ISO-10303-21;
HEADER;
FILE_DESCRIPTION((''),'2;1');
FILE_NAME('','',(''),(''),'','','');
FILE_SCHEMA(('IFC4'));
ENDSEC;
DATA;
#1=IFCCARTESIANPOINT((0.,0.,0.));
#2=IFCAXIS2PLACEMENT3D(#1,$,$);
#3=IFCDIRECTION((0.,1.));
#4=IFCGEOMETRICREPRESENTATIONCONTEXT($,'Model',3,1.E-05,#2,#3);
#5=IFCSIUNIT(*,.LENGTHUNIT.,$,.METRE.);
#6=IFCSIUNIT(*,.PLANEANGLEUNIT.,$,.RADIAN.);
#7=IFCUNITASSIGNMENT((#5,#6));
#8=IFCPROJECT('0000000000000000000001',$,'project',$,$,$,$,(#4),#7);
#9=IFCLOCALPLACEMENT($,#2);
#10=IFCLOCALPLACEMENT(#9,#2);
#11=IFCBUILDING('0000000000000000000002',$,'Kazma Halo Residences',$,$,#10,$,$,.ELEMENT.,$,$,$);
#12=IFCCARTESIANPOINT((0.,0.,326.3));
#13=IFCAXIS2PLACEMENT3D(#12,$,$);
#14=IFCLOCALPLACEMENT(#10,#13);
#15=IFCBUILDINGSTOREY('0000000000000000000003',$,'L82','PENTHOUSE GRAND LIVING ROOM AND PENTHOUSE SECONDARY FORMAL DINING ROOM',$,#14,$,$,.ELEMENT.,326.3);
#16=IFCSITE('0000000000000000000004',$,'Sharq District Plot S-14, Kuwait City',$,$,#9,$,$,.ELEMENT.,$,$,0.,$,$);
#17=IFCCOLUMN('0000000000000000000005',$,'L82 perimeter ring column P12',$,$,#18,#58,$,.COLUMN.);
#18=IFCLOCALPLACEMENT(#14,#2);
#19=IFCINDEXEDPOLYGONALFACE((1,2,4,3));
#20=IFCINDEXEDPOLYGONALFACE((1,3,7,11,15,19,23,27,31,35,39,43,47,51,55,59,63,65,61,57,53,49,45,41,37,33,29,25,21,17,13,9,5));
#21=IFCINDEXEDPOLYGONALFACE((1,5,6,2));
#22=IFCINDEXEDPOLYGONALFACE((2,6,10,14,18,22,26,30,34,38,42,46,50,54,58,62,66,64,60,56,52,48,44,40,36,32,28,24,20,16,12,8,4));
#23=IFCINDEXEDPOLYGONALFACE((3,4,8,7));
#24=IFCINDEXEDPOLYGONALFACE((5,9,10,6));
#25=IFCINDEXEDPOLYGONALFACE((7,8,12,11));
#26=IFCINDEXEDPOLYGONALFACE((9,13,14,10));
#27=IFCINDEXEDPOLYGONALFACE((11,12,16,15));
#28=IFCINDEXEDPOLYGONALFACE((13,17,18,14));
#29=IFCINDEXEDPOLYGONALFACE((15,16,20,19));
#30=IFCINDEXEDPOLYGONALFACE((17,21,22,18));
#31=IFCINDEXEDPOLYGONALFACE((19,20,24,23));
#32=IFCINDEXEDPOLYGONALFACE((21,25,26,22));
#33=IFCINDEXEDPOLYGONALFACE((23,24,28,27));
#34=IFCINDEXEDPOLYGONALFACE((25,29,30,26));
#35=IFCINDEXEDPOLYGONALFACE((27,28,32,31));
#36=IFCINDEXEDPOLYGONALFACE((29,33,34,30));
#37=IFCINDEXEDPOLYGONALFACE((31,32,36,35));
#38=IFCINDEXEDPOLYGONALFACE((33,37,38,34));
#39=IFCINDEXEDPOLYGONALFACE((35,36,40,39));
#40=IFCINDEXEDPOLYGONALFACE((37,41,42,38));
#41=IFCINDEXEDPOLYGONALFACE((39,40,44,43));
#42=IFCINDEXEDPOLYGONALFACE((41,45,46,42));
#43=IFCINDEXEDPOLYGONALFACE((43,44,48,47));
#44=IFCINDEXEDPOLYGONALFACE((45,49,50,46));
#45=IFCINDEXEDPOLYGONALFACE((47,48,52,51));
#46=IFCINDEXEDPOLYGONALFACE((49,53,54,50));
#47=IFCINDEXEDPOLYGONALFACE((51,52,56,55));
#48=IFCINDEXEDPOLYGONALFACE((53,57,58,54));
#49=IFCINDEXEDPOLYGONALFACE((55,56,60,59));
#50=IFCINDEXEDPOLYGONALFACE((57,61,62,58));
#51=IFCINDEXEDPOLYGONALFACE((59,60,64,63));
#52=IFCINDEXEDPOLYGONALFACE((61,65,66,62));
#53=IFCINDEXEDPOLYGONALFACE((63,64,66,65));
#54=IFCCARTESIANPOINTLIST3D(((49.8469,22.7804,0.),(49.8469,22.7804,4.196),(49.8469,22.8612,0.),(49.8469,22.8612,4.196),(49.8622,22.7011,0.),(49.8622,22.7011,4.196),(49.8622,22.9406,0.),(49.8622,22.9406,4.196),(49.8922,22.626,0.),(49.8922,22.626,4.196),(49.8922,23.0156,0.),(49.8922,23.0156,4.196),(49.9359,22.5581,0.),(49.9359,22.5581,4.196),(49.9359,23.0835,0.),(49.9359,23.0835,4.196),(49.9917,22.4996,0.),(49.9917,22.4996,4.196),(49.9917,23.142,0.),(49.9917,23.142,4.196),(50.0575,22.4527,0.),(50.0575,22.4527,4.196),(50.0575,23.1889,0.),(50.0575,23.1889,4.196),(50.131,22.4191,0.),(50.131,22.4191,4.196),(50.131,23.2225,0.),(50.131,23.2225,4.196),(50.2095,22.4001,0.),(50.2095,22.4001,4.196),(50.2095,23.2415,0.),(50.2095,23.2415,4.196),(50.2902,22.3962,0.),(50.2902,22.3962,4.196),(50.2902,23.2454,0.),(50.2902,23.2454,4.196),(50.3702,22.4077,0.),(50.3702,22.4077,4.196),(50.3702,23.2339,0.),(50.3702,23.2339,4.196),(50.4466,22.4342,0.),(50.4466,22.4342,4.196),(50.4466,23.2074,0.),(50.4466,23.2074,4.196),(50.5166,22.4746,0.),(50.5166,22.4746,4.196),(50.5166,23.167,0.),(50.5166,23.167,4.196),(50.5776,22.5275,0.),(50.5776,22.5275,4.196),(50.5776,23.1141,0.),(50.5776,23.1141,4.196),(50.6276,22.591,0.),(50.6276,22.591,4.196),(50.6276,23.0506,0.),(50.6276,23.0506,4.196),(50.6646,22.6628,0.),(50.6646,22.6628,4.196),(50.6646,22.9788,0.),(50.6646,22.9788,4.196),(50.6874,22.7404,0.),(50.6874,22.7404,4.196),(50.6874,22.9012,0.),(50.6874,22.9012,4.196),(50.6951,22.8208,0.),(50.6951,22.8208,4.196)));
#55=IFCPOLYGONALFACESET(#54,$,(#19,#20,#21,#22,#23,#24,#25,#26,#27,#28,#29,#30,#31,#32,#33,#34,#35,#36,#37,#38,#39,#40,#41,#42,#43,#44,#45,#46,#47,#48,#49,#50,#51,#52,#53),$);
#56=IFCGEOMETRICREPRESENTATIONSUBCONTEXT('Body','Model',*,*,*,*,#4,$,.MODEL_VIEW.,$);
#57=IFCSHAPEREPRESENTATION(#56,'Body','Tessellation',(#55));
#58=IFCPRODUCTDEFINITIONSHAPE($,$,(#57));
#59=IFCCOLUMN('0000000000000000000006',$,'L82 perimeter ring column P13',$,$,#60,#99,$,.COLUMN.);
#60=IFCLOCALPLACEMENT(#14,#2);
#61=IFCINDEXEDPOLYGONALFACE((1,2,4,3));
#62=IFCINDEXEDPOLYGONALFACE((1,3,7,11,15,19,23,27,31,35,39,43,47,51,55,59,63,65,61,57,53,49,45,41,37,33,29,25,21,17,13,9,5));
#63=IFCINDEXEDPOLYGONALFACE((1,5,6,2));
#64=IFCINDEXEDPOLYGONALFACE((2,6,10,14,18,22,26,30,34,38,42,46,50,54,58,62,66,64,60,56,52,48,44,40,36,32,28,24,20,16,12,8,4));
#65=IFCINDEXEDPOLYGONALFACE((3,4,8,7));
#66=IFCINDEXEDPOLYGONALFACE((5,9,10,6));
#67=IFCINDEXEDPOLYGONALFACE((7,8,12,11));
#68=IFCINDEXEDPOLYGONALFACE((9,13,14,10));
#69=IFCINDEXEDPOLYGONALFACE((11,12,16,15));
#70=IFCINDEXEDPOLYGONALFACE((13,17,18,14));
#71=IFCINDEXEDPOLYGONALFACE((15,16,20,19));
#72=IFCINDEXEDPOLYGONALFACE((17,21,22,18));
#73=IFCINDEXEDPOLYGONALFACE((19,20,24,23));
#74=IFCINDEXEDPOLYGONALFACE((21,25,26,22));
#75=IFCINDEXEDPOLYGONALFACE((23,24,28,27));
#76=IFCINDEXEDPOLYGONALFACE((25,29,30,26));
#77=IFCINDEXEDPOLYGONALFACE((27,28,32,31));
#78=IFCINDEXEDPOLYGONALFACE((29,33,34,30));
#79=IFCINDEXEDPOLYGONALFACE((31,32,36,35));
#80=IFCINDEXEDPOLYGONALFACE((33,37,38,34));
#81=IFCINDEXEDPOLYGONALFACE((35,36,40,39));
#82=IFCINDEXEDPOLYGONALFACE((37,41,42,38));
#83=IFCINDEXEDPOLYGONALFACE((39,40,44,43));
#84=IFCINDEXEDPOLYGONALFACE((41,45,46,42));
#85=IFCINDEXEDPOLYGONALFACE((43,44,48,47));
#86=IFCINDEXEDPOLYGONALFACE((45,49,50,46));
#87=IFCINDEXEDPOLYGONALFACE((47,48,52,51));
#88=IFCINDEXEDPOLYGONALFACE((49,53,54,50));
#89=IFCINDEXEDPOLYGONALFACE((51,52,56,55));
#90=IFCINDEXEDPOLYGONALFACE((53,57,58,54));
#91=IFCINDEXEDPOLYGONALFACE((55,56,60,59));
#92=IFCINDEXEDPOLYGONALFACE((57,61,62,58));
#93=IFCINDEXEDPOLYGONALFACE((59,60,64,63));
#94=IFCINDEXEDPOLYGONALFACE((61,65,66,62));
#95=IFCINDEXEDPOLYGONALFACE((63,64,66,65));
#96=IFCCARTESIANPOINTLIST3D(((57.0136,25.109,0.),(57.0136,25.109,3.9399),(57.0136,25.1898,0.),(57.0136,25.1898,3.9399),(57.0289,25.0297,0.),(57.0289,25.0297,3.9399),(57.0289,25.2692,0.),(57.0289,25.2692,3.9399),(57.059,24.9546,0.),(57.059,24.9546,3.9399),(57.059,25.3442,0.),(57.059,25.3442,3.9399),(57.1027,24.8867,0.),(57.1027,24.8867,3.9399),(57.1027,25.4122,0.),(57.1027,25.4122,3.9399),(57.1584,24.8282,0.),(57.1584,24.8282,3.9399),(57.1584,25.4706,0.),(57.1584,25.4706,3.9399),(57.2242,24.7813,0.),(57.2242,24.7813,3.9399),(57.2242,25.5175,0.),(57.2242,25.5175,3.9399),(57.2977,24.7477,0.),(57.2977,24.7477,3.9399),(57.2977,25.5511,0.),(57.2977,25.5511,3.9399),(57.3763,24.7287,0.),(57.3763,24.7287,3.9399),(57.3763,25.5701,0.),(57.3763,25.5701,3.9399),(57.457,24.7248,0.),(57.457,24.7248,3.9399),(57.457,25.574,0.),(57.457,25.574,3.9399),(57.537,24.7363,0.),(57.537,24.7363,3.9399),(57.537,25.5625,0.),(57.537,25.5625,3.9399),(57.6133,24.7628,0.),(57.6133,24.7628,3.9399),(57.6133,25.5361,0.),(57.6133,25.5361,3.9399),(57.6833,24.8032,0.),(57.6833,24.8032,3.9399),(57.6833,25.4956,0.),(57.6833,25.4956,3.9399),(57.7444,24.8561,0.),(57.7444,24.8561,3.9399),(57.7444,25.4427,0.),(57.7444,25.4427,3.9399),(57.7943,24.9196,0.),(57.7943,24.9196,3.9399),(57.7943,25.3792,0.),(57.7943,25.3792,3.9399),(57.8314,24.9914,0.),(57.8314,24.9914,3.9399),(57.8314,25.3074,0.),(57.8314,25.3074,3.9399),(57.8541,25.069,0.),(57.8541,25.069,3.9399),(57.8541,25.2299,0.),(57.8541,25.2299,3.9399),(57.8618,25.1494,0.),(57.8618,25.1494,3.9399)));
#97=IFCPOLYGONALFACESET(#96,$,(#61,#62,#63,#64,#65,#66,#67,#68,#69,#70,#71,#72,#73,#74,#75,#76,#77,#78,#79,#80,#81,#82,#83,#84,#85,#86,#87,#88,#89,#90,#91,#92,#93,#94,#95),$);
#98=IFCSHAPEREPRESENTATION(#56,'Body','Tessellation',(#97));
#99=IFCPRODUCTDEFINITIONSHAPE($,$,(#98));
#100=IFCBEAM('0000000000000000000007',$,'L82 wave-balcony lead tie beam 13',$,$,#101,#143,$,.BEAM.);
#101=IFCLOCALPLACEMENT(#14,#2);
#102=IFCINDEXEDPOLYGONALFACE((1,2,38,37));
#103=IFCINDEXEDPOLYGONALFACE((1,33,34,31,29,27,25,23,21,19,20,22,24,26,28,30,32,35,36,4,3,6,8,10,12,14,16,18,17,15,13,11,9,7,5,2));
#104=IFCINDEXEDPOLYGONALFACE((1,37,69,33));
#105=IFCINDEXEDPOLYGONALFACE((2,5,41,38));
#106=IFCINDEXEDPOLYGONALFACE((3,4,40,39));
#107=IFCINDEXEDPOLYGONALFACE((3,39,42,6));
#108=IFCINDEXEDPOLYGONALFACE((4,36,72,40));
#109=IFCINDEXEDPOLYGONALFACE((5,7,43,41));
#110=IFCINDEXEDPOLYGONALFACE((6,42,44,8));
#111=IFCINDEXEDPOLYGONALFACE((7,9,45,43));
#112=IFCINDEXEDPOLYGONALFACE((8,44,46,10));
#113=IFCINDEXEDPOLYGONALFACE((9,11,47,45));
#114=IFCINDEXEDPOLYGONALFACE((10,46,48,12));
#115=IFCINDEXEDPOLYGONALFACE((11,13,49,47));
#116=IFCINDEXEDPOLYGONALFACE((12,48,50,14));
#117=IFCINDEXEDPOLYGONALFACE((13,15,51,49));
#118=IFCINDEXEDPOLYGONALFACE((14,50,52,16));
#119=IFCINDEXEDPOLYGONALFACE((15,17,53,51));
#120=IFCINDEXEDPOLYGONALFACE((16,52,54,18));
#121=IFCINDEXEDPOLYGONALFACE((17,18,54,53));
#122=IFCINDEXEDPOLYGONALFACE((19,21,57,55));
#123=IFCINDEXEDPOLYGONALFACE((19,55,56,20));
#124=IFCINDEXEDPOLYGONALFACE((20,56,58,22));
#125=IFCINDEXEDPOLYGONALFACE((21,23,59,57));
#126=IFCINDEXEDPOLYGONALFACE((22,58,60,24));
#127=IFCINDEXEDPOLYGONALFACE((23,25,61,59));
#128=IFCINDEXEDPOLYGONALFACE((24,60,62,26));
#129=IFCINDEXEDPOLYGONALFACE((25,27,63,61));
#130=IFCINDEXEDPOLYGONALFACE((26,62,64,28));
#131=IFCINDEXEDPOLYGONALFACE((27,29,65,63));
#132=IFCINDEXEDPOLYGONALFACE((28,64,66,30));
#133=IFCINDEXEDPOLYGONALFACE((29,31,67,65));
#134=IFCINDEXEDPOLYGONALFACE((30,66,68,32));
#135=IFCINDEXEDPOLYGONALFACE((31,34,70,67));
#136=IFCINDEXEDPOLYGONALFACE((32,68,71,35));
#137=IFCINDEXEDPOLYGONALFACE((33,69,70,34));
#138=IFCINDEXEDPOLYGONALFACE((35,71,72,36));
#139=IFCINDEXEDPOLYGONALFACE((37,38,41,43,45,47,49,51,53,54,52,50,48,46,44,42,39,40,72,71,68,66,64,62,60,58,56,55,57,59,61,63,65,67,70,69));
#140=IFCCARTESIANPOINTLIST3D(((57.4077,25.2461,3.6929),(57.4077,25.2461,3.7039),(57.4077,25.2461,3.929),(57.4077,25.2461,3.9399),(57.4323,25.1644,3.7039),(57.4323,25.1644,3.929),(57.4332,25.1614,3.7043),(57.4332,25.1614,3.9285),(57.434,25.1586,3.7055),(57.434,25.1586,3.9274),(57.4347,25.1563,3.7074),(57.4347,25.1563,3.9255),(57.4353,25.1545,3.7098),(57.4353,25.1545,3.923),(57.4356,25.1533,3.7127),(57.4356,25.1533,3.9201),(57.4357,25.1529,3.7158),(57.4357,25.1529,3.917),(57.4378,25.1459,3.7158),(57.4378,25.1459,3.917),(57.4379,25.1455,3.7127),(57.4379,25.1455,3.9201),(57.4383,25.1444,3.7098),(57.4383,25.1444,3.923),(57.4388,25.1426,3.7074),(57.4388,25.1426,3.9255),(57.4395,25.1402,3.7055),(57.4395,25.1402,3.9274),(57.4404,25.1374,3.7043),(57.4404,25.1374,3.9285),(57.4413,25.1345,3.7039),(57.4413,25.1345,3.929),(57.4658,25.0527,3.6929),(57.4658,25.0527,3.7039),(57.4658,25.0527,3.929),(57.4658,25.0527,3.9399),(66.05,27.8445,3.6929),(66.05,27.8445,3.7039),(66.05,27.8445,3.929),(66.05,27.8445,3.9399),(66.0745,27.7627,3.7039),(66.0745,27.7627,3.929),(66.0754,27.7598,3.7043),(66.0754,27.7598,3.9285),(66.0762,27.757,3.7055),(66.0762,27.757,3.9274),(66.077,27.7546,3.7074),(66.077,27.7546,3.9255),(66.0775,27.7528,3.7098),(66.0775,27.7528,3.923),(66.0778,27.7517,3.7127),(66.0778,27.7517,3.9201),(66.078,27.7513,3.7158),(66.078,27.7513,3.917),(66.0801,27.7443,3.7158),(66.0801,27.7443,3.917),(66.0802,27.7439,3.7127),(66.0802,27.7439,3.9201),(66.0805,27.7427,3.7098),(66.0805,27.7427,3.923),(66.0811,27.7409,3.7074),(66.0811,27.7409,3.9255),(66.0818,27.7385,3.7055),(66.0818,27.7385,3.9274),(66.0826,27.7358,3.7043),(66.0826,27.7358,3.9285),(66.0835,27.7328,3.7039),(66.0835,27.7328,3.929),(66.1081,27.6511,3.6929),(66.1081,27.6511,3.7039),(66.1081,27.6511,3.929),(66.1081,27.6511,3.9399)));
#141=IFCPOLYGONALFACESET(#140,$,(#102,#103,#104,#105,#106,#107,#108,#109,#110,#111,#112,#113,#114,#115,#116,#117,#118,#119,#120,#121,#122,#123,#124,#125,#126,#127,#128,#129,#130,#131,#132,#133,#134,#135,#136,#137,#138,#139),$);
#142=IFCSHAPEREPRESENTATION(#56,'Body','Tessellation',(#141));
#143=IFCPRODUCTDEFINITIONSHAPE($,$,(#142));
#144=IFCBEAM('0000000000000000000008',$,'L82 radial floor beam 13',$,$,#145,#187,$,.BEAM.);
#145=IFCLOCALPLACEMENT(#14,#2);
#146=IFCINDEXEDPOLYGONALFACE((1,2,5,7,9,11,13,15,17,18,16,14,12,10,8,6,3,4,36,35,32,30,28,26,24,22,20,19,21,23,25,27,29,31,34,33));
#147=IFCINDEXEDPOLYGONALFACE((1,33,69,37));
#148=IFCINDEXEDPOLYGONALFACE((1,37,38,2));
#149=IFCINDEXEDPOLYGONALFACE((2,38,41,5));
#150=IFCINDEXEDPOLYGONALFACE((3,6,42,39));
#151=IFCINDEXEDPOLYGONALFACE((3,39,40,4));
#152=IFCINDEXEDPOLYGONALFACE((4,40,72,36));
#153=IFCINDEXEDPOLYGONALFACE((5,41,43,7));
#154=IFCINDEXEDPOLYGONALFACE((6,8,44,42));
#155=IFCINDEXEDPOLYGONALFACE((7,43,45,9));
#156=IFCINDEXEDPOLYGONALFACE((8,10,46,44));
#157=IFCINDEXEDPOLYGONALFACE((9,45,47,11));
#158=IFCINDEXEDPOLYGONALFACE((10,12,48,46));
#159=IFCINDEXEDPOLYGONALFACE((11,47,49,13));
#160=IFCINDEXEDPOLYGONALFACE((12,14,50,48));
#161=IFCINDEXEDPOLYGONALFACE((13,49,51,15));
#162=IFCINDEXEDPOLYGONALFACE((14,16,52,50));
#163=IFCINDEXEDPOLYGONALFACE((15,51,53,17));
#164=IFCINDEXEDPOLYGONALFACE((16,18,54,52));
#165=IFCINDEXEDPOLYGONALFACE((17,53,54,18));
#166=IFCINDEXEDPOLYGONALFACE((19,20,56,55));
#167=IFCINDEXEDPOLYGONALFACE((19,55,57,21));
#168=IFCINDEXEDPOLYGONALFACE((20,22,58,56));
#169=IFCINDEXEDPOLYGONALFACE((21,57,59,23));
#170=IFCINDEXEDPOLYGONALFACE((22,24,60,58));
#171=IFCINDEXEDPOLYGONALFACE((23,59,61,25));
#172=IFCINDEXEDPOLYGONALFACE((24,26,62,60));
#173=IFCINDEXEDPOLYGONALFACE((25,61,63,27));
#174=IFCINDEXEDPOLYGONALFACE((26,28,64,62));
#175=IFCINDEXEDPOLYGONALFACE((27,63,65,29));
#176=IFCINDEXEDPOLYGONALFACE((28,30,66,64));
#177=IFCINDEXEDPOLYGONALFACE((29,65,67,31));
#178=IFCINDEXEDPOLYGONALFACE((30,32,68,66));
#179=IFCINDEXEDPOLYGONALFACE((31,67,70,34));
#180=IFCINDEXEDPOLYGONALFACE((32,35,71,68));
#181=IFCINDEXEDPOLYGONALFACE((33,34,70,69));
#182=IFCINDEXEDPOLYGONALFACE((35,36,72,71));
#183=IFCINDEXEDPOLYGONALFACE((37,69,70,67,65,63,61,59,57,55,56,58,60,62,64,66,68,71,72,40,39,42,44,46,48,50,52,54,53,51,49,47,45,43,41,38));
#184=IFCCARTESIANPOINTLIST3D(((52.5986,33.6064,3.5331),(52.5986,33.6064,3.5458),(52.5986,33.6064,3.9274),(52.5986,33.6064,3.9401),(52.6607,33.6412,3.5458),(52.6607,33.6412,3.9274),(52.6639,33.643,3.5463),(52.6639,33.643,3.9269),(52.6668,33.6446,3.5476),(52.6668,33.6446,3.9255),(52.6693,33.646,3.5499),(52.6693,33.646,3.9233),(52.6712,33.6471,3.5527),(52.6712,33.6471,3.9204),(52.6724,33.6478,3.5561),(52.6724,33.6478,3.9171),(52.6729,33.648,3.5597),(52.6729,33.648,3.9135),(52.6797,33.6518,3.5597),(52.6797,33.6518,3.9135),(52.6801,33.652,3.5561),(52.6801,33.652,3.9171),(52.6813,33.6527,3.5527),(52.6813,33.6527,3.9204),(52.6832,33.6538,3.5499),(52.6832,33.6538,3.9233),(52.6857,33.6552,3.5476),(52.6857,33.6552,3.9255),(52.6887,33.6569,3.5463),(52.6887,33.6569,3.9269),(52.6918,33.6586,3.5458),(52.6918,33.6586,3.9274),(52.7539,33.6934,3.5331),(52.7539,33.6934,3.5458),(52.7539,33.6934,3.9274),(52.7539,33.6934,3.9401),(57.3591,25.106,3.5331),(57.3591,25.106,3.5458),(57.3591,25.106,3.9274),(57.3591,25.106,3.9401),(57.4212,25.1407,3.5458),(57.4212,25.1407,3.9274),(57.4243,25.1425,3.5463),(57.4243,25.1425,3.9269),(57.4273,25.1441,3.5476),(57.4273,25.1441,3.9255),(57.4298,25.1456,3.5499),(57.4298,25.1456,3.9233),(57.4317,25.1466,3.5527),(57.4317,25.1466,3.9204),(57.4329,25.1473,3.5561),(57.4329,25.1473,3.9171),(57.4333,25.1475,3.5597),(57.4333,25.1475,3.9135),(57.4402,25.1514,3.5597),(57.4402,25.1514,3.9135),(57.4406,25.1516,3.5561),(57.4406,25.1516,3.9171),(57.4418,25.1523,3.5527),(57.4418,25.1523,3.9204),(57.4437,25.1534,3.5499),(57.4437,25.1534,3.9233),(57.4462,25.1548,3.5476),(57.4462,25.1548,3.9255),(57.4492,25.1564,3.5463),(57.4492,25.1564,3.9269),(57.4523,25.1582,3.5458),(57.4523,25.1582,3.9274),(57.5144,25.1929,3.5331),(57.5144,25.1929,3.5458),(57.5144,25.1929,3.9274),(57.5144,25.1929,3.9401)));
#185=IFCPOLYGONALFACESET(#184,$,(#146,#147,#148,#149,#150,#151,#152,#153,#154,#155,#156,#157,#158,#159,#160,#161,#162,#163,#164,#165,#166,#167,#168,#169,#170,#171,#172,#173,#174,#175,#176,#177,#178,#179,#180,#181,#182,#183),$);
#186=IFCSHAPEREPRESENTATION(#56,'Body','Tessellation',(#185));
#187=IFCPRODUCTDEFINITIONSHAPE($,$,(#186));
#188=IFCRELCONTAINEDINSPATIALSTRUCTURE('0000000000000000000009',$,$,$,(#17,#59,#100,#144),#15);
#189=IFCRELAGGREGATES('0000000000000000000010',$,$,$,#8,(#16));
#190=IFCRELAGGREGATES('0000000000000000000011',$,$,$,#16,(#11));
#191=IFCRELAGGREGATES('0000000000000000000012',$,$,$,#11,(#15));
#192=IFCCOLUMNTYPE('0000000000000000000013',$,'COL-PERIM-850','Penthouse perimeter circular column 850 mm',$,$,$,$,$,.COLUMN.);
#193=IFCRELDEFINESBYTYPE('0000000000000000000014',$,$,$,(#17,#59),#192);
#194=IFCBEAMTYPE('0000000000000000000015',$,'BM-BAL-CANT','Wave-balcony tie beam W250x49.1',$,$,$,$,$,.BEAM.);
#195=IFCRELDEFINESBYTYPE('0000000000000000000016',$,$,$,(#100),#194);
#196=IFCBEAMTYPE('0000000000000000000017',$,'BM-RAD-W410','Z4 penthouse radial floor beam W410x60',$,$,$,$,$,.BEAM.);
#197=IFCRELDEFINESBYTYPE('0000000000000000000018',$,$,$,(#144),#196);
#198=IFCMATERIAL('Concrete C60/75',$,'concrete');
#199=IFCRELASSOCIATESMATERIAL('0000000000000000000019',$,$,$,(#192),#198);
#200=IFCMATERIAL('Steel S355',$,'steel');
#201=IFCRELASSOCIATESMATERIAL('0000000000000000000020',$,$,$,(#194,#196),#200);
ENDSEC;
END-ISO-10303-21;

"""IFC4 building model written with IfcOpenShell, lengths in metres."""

from ifc_helpers import new_model, si_unit, direction, frame, origin, origin_2d, place, context, subcontext, project, spatial, circle, i_section, extrude, material, material_profile, profile_set, type_object, element, save


model = new_model("IFC4")

# Units and contexts
model_context = context("Model", 3, precision=1e-05, world=origin(), true_north=direction((0.0, 1.0)))
body_context = subcontext(model_context, "Body", "Model", "MODEL_VIEW")
ifc_project = project(units=[si_unit("LENGTHUNIT", "METRE"), si_unit("PLANEANGLEUNIT", "RADIAN")], contexts=[model_context])

# Site, building, storey
site_placement = place(None, origin())
site = spatial("IfcSite", under=ifc_project, at=site_placement, Name="Sharq District Plot S-14, Kuwait City", CompositionType="ELEMENT", RefElevation=0.0)
building_placement = place(site_placement, origin())
building = spatial("IfcBuilding", under=site, at=building_placement, Name="Kazma Halo Residences", CompositionType="ELEMENT")
storey_placement = place(building_placement, frame((0.0, 0.0, 326.3)))
storey = spatial("IfcBuildingStorey", under=building, at=storey_placement, Name="L82", Description="PENTHOUSE GRAND LIVING ROOM AND PENTHOUSE SECONDARY FORMAL DINING ROOM", CompositionType="ELEMENT", Elevation=326.3)

# Columns
ifc_material_1 = material(Name="Concrete C60/75", Category="concrete")
ifc_material_profile_1 = material_profile(ifc_material_1, circle(Radius=0.425, at=origin_2d()), Name="CIRC850")
ifc_profile_set_1 = profile_set([ifc_material_profile_1], Name="Concrete C60/75")
column_type = type_object("IfcColumnType", Name="COL-PERIM-850", Description="Penthouse perimeter circular column 850 mm", PredefinedType="COLUMN", material=ifc_profile_set_1)
column_1_placement = place(storey_placement, frame((50.27, 22.8208, 0.0), z_axis=(0.0, 0.0, 1.0), x_axis=(1.0, 0.0, 0.0)))
element("IfcColumn", 1, at=column_1_placement, inside=storey, type_object=column_type, Name="L82 perimeter ring column P12", PredefinedType="COLUMN", context=body_context, shape_type="SweptSolid", body=[
    extrude(circle(Radius=0.425, at=origin_2d()), origin(), (0.0, 0.0, 1.0), 4.196),
])
column_2_placement = place(storey_placement, frame((57.4368, 25.1494, 0.0), z_axis=(0.0, 0.0, 1.0), x_axis=(1.0, 0.0, 0.0)))
element("IfcColumn", 2, at=column_2_placement, inside=storey, type_object=column_type, Name="L82 perimeter ring column P13", PredefinedType="COLUMN", context=body_context, shape_type="SweptSolid", body=[
    extrude(circle(Radius=0.425, at=origin_2d()), origin(), (0.0, 0.0, 1.0), 3.9399),
])

# Beams
ifc_material_2 = material(Name="Steel S355", Category="steel")
ifc_material_profile_2 = material_profile(ifc_material_2, i_section(OverallWidth=0.2019, OverallDepth=0.2471, WebThickness=0.0073, FlangeThickness=0.011, FilletRadius=0.012, at=origin_2d()), Name="W250x49.1")
ifc_profile_set_2 = profile_set([ifc_material_profile_2], Name="Steel S355")
beam_type_1 = type_object("IfcBeamType", Name="BM-BAL-CANT", Description="Wave-balcony tie beam W250x49.1", PredefinedType="BEAM", material=ifc_profile_set_2)
beam_1_placement = place(storey_placement, frame((57.4368, 25.1494, 3.8164), z_axis=(0.957653, 0.287926, 0.0), x_axis=(-0.287926, 0.957653, 0.0)))
element("IfcBeam", 3, at=beam_1_placement, inside=storey, type_object=beam_type_1, Name="L82 wave-balcony lead tie beam 13", PredefinedType="BEAM", context=body_context, shape_type="SweptSolid", body=[
    extrude(i_section(OverallWidth=0.2019, OverallDepth=0.2471, WebThickness=0.0073, FlangeThickness=0.011, FilletRadius=0.012, at=origin_2d()), origin(), (0.0, 0.0, 1.0), 9.0244),
])
ifc_material_profile_3 = material_profile(ifc_material_2, i_section(OverallWidth=0.178, OverallDepth=0.407, WebThickness=0.0078, FlangeThickness=0.0127, FilletRadius=0.0139, at=origin_2d()), Name="W410x60")
ifc_profile_set_3 = profile_set([ifc_material_profile_3], Name="Steel S355")
beam_type_2 = type_object("IfcBeamType", Name="BM-RAD-W410", Description="Z4 penthouse radial floor beam W410x60", PredefinedType="BEAM", material=ifc_profile_set_3)
beam_2_placement = place(storey_placement, frame((52.6763, 33.6499, 3.7366), z_axis=(0.488621, -0.872496, 0.0), x_axis=(0.872496, 0.488621, 0.0)))
element("IfcBeam", 4, at=beam_2_placement, inside=storey, type_object=beam_type_2, Name="L82 radial floor beam 13", PredefinedType="BEAM", context=body_context, shape_type="SweptSolid", body=[
    extrude(i_section(OverallWidth=0.178, OverallDepth=0.407, WebThickness=0.0078, FlangeThickness=0.0127, FilletRadius=0.0139, at=origin_2d()), origin(), (0.0, 0.0, 1.0), 9.7427),
])

save(model, "model.ifc")
